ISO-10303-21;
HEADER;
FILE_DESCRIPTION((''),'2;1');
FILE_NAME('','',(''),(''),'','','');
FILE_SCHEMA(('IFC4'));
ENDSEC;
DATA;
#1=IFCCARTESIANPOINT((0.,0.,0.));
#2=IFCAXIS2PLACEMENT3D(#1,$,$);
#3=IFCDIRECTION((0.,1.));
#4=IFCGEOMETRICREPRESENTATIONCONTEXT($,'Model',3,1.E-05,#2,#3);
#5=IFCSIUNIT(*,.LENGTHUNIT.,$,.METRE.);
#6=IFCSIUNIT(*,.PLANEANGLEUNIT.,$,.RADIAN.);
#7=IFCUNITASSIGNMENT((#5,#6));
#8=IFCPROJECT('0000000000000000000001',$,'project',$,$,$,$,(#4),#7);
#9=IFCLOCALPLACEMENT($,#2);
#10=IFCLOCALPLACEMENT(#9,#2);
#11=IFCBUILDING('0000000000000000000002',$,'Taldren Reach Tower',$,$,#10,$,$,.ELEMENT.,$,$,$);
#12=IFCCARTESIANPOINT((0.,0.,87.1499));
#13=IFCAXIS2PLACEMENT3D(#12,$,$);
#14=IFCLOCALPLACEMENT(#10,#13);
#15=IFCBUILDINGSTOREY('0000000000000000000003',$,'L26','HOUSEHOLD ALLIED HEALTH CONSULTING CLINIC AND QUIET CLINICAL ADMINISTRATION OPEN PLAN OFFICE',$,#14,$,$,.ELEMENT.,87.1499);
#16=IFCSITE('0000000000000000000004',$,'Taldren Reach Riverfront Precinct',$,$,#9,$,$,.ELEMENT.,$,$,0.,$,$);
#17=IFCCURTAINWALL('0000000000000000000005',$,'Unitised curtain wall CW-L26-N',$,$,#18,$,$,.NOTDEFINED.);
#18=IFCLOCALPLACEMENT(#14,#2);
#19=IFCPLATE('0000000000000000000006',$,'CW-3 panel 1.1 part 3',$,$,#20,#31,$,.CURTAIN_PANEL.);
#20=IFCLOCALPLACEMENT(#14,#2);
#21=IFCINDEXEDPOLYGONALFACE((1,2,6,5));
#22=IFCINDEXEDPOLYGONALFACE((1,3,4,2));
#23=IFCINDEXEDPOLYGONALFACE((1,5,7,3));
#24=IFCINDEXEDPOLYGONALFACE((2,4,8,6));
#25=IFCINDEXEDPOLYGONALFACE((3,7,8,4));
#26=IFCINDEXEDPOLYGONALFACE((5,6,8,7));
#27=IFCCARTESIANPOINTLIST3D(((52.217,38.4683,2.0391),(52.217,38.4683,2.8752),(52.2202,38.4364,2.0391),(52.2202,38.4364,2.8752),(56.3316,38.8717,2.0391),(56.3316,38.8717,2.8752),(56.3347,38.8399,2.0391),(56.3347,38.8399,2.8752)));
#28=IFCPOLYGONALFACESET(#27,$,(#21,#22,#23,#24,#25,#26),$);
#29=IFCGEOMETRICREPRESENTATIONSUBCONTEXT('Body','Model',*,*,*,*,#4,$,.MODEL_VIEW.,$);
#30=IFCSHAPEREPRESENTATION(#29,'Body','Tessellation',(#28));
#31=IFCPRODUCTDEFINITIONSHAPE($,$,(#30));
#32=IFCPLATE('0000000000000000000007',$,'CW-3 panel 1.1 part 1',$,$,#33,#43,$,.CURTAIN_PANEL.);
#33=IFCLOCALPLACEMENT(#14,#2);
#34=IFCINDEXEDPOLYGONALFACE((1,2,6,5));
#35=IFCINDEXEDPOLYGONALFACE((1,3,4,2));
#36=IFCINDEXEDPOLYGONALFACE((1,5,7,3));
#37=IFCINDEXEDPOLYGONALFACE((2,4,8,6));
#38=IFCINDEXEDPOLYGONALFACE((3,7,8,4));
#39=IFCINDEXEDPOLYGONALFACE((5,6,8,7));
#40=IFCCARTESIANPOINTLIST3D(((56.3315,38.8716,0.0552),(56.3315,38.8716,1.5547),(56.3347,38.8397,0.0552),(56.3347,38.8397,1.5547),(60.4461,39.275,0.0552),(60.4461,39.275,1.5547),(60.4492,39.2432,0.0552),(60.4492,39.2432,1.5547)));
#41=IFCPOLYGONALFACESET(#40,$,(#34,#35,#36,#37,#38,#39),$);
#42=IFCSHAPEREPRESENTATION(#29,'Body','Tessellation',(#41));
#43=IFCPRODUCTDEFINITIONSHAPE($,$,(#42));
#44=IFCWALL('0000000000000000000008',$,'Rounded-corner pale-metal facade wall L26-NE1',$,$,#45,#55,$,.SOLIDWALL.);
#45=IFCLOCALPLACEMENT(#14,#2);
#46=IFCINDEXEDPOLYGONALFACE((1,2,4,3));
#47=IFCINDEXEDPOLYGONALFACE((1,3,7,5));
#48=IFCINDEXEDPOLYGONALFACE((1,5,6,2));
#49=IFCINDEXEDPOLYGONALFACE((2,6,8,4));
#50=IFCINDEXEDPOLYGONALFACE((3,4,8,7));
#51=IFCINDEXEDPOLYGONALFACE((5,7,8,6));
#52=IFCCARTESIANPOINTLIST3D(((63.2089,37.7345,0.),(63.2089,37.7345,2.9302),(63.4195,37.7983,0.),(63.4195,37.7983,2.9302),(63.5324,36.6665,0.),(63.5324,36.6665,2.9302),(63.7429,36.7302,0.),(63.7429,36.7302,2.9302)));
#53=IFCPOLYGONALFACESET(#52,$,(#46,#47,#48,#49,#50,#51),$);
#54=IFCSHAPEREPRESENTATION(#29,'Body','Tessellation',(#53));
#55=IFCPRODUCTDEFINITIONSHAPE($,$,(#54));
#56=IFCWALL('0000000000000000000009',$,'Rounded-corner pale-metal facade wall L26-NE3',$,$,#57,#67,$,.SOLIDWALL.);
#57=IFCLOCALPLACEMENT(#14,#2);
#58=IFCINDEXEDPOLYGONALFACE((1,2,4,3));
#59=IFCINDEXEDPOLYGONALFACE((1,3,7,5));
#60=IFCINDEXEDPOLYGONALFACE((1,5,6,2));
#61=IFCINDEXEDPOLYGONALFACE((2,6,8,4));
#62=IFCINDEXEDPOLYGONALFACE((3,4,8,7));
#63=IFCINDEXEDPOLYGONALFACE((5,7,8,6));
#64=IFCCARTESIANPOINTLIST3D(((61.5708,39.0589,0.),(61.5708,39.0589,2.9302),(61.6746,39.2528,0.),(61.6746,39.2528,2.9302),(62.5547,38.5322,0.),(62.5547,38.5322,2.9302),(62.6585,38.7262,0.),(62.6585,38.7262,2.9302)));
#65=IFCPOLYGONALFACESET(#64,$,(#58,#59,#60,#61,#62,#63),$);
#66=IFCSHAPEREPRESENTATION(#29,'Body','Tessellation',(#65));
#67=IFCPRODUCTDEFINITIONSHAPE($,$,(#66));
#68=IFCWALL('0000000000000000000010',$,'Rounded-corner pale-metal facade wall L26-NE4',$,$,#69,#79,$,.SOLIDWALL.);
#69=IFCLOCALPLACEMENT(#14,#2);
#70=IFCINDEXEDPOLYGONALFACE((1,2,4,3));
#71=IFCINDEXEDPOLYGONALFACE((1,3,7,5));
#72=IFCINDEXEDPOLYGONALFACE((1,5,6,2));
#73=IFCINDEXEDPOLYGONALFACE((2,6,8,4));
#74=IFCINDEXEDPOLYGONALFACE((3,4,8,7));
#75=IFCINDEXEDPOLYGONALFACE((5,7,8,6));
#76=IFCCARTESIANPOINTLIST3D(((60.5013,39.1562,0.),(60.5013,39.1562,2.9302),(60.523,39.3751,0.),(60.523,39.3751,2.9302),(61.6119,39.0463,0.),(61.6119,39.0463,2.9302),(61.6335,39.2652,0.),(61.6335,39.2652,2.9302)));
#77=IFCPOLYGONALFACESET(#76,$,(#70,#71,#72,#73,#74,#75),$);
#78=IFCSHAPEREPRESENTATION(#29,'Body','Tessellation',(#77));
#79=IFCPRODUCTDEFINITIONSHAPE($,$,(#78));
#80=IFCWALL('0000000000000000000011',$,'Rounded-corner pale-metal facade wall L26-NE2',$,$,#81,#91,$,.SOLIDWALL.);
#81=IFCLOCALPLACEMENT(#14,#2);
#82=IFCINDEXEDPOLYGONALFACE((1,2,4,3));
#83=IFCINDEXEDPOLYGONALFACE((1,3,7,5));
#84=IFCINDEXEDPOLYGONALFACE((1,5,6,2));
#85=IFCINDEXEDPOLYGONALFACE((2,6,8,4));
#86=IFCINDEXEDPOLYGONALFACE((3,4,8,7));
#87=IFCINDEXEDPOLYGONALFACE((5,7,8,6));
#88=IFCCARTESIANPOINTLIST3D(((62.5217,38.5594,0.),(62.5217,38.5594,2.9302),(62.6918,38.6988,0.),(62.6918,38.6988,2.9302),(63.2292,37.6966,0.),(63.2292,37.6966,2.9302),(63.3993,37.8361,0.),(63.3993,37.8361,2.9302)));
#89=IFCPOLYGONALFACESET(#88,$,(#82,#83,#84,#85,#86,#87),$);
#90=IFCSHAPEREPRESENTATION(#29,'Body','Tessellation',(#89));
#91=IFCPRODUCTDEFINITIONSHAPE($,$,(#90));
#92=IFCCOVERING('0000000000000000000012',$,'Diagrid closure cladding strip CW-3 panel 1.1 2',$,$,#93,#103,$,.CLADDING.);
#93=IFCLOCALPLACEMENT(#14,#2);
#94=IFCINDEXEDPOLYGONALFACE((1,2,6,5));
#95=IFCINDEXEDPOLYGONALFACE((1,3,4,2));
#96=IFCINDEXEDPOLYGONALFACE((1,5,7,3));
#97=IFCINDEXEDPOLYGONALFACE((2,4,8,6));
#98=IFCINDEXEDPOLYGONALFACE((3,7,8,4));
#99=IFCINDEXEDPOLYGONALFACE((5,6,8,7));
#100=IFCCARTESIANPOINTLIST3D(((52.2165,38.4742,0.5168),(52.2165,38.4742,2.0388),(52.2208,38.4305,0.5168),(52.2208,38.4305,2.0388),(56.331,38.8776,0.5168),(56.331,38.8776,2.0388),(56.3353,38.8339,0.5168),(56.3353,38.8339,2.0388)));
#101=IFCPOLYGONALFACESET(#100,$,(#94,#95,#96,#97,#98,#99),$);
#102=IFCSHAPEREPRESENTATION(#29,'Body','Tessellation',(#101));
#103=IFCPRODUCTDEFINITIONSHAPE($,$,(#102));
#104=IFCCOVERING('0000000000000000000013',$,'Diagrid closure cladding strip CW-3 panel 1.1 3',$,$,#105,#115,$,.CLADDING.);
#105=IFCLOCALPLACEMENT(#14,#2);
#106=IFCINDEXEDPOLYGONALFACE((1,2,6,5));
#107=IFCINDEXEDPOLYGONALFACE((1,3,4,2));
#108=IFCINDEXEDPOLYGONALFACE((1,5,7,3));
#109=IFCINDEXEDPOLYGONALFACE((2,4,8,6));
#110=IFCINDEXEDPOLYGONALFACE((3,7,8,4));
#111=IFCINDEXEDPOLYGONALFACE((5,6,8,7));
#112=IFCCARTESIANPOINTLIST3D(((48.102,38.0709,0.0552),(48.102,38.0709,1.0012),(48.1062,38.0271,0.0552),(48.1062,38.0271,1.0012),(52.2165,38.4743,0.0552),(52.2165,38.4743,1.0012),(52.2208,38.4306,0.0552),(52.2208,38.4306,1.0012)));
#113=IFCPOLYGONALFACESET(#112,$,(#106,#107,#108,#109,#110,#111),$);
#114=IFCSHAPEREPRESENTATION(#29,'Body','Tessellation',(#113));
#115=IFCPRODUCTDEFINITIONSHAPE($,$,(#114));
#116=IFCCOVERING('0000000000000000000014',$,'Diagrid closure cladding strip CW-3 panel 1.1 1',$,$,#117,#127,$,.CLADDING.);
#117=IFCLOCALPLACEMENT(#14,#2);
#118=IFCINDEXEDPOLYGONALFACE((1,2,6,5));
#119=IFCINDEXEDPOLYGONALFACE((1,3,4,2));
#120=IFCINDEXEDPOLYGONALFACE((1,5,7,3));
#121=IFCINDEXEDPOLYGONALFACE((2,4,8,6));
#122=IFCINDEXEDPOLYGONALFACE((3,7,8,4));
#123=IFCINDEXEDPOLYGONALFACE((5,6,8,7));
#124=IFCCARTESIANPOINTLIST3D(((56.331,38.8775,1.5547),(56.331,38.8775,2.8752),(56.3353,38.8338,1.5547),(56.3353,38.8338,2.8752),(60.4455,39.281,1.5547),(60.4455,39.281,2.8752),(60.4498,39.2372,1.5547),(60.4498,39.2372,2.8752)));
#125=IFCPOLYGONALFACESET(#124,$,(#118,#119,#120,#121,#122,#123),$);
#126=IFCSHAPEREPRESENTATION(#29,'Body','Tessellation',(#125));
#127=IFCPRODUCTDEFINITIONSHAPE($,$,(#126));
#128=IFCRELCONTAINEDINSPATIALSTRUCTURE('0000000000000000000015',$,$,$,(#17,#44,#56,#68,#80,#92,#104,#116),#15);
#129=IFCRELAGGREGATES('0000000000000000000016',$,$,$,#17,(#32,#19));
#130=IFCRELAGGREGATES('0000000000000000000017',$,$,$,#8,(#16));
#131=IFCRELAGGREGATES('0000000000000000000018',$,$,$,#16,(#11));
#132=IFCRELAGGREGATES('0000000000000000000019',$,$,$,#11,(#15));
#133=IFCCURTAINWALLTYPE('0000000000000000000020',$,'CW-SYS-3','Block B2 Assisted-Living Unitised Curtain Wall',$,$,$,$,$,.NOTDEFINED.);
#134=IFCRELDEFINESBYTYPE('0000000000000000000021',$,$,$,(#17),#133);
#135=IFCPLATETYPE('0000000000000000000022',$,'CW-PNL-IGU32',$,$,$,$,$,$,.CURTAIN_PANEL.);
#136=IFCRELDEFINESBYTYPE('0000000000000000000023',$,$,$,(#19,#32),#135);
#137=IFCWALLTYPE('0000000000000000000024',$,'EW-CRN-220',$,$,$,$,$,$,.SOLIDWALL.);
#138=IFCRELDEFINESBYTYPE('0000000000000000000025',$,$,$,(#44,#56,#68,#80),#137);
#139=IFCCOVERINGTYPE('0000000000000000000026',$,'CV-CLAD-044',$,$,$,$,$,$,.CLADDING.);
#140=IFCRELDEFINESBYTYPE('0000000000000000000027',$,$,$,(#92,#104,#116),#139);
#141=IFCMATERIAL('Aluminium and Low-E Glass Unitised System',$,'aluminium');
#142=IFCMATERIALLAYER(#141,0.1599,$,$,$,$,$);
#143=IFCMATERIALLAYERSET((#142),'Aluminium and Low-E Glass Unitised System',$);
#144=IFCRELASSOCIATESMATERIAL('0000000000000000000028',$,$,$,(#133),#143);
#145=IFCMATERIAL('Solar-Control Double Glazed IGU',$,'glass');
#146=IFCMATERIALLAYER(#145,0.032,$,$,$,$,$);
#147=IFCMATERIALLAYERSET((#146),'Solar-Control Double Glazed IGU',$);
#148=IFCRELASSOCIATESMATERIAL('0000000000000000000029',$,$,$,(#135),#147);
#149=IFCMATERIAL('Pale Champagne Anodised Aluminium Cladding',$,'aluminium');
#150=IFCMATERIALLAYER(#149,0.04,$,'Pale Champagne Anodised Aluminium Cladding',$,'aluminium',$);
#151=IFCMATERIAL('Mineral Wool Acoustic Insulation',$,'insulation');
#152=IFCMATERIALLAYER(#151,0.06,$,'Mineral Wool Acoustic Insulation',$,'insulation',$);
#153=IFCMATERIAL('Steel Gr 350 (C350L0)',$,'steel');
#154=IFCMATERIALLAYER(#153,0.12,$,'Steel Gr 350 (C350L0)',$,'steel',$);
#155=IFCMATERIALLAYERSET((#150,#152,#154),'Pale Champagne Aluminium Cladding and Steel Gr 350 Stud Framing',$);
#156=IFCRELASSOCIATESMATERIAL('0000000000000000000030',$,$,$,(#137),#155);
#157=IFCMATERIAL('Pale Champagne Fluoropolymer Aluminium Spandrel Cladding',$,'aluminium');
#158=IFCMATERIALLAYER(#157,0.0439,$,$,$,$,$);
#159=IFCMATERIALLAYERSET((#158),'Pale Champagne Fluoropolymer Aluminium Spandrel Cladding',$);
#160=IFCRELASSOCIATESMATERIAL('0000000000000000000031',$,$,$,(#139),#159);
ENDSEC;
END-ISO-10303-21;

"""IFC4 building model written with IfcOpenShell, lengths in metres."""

from ifc_helpers import new_model, si_unit, direction, frame, frame_2d, origin, origin_2d, place, context, subcontext, project, spatial, rectangle, extrude, source, transform, mapped, material, layer, layer_set, type_object, element, aggregate, save


model = new_model("IFC4")

# Units and contexts
model_context = context("Model", 3, precision=1e-05, world=origin(), true_north=direction((0.0, 1.0)))
body_context = subcontext(model_context, "Body", "Model", "MODEL_VIEW")
ifc_project = project(units=[si_unit("LENGTHUNIT", "METRE"), si_unit("PLANEANGLEUNIT", "RADIAN")], contexts=[model_context])

# Site, building, storey
site_placement = place(None, origin())
site = spatial("IfcSite", under=ifc_project, at=site_placement, Name="Taldren Reach Riverfront Precinct", CompositionType="ELEMENT", RefElevation=0.0)
building_placement = place(site_placement, origin())
building = spatial("IfcBuilding", under=site, at=building_placement, Name="Taldren Reach Tower", CompositionType="ELEMENT")
storey_placement = place(building_placement, frame((0.0, 0.0, 87.1499)))
storey = spatial("IfcBuildingStorey", under=building, at=storey_placement, Name="L26", Description="HOUSEHOLD ALLIED HEALTH CONSULTING CLINIC AND QUIET CLINICAL ADMINISTRATION OPEN PLAN OFFICE", CompositionType="ELEMENT", Elevation=87.1499)

# Shared definitions
ifc_material_1 = material(Name="Steel Gr 350 (C350L0)", Category="steel")

# Curtain wall
ifc_material_2 = material(Name="Aluminium and Low-E Glass Unitised System", Category="aluminium")
ifc_layer_1 = layer(ifc_material_2, 0.1599)
ifc_layer_set_1 = layer_set([ifc_layer_1], Name="Aluminium and Low-E Glass Unitised System")
curtain_wall_type = type_object("IfcCurtainWallType", Name="CW-SYS-3", Description="Block B2 Assisted-Living Unitised Curtain Wall", PredefinedType="NOTDEFINED", material=ifc_layer_set_1)
curtain_wall_1_placement = place(storey_placement, origin())
curtain_wall_1 = element("IfcCurtainWall", 1, at=curtain_wall_1_placement, inside=storey, type_object=curtain_wall_type, Name="Unitised curtain wall CW-L26-N", PredefinedType="NOTDEFINED")

# Plates
ifc_material_3 = material(Name="Solar-Control Double Glazed IGU", Category="glass")
ifc_layer_2 = layer(ifc_material_3, 0.032)
ifc_layer_set_2 = layer_set([ifc_layer_2], Name="Solar-Control Double Glazed IGU")
plate_type_1 = type_object("IfcPlateType", Name="CW-PNL-IGU32", PredefinedType="CURTAIN_PANEL", material=ifc_layer_set_2)
shared_shape_1 = source(origin(), body_context, "Body", "SweptSolid", [
    extrude(rectangle(XDim=4.1343, YDim=0.032, at=origin_2d()), origin(), (0.0, 0.0, 1.0), 0.8362),
])
plate_1_placement = place(storey_placement, frame((54.2759, 38.6541, 2.0391), z_axis=(0.0, 0.0, 1.0), x_axis=(-0.995227, -0.097583, 0.0)))
plate_1 = element("IfcPlate", 2, at=plate_1_placement, type_object=plate_type_1, Name="CW-3 panel 1.1 part 3", PredefinedType="CURTAIN_PANEL", context=body_context, shape_type="MappedRepresentation", body=[
    mapped(shared_shape_1, transform((0.0, 0.0, 0.0), scale=1.0)),
])
shared_shape_2 = source(origin(), body_context, "Body", "SweptSolid", [
    extrude(rectangle(XDim=4.1343, YDim=0.032, at=origin_2d()), origin(), (0.0, 0.0, 1.0), 1.4995),
])
plate_2_placement = place(storey_placement, frame((58.3904, 39.0574, 0.0552), z_axis=(0.0, 0.0, 1.0), x_axis=(-0.995227, -0.097583, 0.0)))
plate_2 = element("IfcPlate", 3, at=plate_2_placement, type_object=plate_type_1, Name="CW-3 panel 1.1 part 1", PredefinedType="CURTAIN_PANEL", context=body_context, shape_type="MappedRepresentation", body=[
    mapped(shared_shape_2, transform((0.0, 0.0, 0.0), scale=1.0)),
])
aggregate(curtain_wall_1, [plate_2, plate_1])

# Walls
ifc_material_4 = material(Name="Pale Champagne Anodised Aluminium Cladding", Category="aluminium")
ifc_layer_3 = layer(ifc_material_4, 0.04, Name="Pale Champagne Anodised Aluminium Cladding", Category="aluminium")
ifc_material_5 = material(Name="Mineral Wool Acoustic Insulation", Category="insulation")
ifc_layer_4 = layer(ifc_material_5, 0.06, Name="Mineral Wool Acoustic Insulation", Category="insulation")
ifc_layer_5 = layer(ifc_material_1, 0.12, Name="Steel Gr 350 (C350L0)", Category="steel")
ifc_layer_set_3 = layer_set([ifc_layer_3, ifc_layer_4, ifc_layer_5], Name="Pale Champagne Aluminium Cladding and Steel Gr 350 Stud Framing")
wall_type = type_object("IfcWallType", Name="EW-CRN-220", PredefinedType="SOLIDWALL", material=ifc_layer_set_3)
shared_shape_3 = source(origin(), body_context, "Body", "SweptSolid", [
    extrude(rectangle(XDim=1.116, YDim=0.22, at=frame_2d((0.5581, 0.0))), origin(), (0.0, 0.0, 1.0), 2.9302),
])
for number, where, z_axis, x_axis, name in (
    (4, (63.6377, 36.6982, 0.0), (0.0, 0.0, 1.0), (-0.289856, 0.95707, 0.0), "Rounded-corner pale-metal facade wall L26-NE1"),
    (5, (62.6067, 38.6292, 0.0), (0.0, 0.0, 1.0), (-0.881656, 0.471894, 0.0), "Rounded-corner pale-metal facade wall L26-NE3"),
    (6, (61.6228, 39.1558, 0.0), (0.0, 0.0, 1.0), (-0.995143, 0.098442, 0.0), "Rounded-corner pale-metal facade wall L26-NE4"),
):
    element("IfcWall", number, at=place(storey_placement, frame(where, z_axis=z_axis, x_axis=x_axis)), inside=storey, type_object=wall_type, Name=name, PredefinedType="SOLIDWALL", context=body_context, shape_type="MappedRepresentation", body=[
        mapped(shared_shape_3, transform((0.0, 0.0, 0.0), scale=1.0)),
    ])
shared_shape_4 = source(origin(), body_context, "Body", "SweptSolid", [
    extrude(rectangle(XDim=1.1157, YDim=0.22, at=frame_2d((0.5579, 0.0))), origin(), (0.0, 0.0, 1.0), 2.9302),
])
wall_placement = place(storey_placement, frame((63.3142, 37.7664, 0.0), z_axis=(0.0, 0.0, 1.0), x_axis=(-0.634095, 0.773255, 0.0)))
element("IfcWall", 7, at=wall_placement, inside=storey, type_object=wall_type, Name="Rounded-corner pale-metal facade wall L26-NE2", PredefinedType="SOLIDWALL", context=body_context, shape_type="MappedRepresentation", body=[
    mapped(shared_shape_4, transform((0.0, 0.0, 0.0), scale=1.0)),
])

# Coverings
ifc_material_6 = material(Name="Pale Champagne Fluoropolymer Aluminium Spandrel Cladding", Category="aluminium")
ifc_layer_6 = layer(ifc_material_6, 0.0439)
ifc_layer_set_4 = layer_set([ifc_layer_6], Name="Pale Champagne Fluoropolymer Aluminium Spandrel Cladding")
covering_type = type_object("IfcCoveringType", Name="CV-CLAD-044", PredefinedType="CLADDING", material=ifc_layer_set_4)
shared_shape_5 = source(origin(), body_context, "Body", "SweptSolid", [
    extrude(rectangle(XDim=4.1343, YDim=0.0439, at=origin_2d()), origin(), (0.0, 0.0, 1.0), 1.522),
])
covering_1_placement = place(storey_placement, frame((54.2759, 38.6541, 0.5168), z_axis=(0.0, 0.0, 1.0), x_axis=(-0.995227, -0.097583, 0.0)))
element("IfcCovering", 8, at=covering_1_placement, inside=storey, type_object=covering_type, Name="Diagrid closure cladding strip CW-3 panel 1.1 2", PredefinedType="CLADDING", context=body_context, shape_type="MappedRepresentation", body=[
    mapped(shared_shape_5, transform((0.0, 0.0, 0.0), scale=1.0)),
])
shared_shape_6 = source(origin(), body_context, "Body", "SweptSolid", [
    extrude(rectangle(XDim=4.1343, YDim=0.0439, at=origin_2d()), origin(), (0.0, 0.0, 1.0), 0.946),
])
covering_2_placement = place(storey_placement, frame((50.1614, 38.2507, 0.0552), z_axis=(0.0, 0.0, 1.0), x_axis=(-0.995227, -0.097583, 0.0)))
element("IfcCovering", 9, at=covering_2_placement, inside=storey, type_object=covering_type, Name="Diagrid closure cladding strip CW-3 panel 1.1 3", PredefinedType="CLADDING", context=body_context, shape_type="MappedRepresentation", body=[
    mapped(shared_shape_6, transform((0.0, 0.0, 0.0), scale=1.0)),
])
shared_shape_7 = source(origin(), body_context, "Body", "SweptSolid", [
    extrude(rectangle(XDim=4.1343, YDim=0.0439, at=origin_2d()), origin(), (0.0, 0.0, 1.0), 1.3206),
])
covering_3_placement = place(storey_placement, frame((58.3904, 39.0574, 1.5547), z_axis=(0.0, 0.0, 1.0), x_axis=(-0.995227, -0.097583, 0.0)))
element("IfcCovering", 10, at=covering_3_placement, inside=storey, type_object=covering_type, Name="Diagrid closure cladding strip CW-3 panel 1.1 1", PredefinedType="CLADDING", context=body_context, shape_type="MappedRepresentation", body=[
    mapped(shared_shape_7, transform((0.0, 0.0, 0.0), scale=1.0)),
])

save(model, "model.ifc")
